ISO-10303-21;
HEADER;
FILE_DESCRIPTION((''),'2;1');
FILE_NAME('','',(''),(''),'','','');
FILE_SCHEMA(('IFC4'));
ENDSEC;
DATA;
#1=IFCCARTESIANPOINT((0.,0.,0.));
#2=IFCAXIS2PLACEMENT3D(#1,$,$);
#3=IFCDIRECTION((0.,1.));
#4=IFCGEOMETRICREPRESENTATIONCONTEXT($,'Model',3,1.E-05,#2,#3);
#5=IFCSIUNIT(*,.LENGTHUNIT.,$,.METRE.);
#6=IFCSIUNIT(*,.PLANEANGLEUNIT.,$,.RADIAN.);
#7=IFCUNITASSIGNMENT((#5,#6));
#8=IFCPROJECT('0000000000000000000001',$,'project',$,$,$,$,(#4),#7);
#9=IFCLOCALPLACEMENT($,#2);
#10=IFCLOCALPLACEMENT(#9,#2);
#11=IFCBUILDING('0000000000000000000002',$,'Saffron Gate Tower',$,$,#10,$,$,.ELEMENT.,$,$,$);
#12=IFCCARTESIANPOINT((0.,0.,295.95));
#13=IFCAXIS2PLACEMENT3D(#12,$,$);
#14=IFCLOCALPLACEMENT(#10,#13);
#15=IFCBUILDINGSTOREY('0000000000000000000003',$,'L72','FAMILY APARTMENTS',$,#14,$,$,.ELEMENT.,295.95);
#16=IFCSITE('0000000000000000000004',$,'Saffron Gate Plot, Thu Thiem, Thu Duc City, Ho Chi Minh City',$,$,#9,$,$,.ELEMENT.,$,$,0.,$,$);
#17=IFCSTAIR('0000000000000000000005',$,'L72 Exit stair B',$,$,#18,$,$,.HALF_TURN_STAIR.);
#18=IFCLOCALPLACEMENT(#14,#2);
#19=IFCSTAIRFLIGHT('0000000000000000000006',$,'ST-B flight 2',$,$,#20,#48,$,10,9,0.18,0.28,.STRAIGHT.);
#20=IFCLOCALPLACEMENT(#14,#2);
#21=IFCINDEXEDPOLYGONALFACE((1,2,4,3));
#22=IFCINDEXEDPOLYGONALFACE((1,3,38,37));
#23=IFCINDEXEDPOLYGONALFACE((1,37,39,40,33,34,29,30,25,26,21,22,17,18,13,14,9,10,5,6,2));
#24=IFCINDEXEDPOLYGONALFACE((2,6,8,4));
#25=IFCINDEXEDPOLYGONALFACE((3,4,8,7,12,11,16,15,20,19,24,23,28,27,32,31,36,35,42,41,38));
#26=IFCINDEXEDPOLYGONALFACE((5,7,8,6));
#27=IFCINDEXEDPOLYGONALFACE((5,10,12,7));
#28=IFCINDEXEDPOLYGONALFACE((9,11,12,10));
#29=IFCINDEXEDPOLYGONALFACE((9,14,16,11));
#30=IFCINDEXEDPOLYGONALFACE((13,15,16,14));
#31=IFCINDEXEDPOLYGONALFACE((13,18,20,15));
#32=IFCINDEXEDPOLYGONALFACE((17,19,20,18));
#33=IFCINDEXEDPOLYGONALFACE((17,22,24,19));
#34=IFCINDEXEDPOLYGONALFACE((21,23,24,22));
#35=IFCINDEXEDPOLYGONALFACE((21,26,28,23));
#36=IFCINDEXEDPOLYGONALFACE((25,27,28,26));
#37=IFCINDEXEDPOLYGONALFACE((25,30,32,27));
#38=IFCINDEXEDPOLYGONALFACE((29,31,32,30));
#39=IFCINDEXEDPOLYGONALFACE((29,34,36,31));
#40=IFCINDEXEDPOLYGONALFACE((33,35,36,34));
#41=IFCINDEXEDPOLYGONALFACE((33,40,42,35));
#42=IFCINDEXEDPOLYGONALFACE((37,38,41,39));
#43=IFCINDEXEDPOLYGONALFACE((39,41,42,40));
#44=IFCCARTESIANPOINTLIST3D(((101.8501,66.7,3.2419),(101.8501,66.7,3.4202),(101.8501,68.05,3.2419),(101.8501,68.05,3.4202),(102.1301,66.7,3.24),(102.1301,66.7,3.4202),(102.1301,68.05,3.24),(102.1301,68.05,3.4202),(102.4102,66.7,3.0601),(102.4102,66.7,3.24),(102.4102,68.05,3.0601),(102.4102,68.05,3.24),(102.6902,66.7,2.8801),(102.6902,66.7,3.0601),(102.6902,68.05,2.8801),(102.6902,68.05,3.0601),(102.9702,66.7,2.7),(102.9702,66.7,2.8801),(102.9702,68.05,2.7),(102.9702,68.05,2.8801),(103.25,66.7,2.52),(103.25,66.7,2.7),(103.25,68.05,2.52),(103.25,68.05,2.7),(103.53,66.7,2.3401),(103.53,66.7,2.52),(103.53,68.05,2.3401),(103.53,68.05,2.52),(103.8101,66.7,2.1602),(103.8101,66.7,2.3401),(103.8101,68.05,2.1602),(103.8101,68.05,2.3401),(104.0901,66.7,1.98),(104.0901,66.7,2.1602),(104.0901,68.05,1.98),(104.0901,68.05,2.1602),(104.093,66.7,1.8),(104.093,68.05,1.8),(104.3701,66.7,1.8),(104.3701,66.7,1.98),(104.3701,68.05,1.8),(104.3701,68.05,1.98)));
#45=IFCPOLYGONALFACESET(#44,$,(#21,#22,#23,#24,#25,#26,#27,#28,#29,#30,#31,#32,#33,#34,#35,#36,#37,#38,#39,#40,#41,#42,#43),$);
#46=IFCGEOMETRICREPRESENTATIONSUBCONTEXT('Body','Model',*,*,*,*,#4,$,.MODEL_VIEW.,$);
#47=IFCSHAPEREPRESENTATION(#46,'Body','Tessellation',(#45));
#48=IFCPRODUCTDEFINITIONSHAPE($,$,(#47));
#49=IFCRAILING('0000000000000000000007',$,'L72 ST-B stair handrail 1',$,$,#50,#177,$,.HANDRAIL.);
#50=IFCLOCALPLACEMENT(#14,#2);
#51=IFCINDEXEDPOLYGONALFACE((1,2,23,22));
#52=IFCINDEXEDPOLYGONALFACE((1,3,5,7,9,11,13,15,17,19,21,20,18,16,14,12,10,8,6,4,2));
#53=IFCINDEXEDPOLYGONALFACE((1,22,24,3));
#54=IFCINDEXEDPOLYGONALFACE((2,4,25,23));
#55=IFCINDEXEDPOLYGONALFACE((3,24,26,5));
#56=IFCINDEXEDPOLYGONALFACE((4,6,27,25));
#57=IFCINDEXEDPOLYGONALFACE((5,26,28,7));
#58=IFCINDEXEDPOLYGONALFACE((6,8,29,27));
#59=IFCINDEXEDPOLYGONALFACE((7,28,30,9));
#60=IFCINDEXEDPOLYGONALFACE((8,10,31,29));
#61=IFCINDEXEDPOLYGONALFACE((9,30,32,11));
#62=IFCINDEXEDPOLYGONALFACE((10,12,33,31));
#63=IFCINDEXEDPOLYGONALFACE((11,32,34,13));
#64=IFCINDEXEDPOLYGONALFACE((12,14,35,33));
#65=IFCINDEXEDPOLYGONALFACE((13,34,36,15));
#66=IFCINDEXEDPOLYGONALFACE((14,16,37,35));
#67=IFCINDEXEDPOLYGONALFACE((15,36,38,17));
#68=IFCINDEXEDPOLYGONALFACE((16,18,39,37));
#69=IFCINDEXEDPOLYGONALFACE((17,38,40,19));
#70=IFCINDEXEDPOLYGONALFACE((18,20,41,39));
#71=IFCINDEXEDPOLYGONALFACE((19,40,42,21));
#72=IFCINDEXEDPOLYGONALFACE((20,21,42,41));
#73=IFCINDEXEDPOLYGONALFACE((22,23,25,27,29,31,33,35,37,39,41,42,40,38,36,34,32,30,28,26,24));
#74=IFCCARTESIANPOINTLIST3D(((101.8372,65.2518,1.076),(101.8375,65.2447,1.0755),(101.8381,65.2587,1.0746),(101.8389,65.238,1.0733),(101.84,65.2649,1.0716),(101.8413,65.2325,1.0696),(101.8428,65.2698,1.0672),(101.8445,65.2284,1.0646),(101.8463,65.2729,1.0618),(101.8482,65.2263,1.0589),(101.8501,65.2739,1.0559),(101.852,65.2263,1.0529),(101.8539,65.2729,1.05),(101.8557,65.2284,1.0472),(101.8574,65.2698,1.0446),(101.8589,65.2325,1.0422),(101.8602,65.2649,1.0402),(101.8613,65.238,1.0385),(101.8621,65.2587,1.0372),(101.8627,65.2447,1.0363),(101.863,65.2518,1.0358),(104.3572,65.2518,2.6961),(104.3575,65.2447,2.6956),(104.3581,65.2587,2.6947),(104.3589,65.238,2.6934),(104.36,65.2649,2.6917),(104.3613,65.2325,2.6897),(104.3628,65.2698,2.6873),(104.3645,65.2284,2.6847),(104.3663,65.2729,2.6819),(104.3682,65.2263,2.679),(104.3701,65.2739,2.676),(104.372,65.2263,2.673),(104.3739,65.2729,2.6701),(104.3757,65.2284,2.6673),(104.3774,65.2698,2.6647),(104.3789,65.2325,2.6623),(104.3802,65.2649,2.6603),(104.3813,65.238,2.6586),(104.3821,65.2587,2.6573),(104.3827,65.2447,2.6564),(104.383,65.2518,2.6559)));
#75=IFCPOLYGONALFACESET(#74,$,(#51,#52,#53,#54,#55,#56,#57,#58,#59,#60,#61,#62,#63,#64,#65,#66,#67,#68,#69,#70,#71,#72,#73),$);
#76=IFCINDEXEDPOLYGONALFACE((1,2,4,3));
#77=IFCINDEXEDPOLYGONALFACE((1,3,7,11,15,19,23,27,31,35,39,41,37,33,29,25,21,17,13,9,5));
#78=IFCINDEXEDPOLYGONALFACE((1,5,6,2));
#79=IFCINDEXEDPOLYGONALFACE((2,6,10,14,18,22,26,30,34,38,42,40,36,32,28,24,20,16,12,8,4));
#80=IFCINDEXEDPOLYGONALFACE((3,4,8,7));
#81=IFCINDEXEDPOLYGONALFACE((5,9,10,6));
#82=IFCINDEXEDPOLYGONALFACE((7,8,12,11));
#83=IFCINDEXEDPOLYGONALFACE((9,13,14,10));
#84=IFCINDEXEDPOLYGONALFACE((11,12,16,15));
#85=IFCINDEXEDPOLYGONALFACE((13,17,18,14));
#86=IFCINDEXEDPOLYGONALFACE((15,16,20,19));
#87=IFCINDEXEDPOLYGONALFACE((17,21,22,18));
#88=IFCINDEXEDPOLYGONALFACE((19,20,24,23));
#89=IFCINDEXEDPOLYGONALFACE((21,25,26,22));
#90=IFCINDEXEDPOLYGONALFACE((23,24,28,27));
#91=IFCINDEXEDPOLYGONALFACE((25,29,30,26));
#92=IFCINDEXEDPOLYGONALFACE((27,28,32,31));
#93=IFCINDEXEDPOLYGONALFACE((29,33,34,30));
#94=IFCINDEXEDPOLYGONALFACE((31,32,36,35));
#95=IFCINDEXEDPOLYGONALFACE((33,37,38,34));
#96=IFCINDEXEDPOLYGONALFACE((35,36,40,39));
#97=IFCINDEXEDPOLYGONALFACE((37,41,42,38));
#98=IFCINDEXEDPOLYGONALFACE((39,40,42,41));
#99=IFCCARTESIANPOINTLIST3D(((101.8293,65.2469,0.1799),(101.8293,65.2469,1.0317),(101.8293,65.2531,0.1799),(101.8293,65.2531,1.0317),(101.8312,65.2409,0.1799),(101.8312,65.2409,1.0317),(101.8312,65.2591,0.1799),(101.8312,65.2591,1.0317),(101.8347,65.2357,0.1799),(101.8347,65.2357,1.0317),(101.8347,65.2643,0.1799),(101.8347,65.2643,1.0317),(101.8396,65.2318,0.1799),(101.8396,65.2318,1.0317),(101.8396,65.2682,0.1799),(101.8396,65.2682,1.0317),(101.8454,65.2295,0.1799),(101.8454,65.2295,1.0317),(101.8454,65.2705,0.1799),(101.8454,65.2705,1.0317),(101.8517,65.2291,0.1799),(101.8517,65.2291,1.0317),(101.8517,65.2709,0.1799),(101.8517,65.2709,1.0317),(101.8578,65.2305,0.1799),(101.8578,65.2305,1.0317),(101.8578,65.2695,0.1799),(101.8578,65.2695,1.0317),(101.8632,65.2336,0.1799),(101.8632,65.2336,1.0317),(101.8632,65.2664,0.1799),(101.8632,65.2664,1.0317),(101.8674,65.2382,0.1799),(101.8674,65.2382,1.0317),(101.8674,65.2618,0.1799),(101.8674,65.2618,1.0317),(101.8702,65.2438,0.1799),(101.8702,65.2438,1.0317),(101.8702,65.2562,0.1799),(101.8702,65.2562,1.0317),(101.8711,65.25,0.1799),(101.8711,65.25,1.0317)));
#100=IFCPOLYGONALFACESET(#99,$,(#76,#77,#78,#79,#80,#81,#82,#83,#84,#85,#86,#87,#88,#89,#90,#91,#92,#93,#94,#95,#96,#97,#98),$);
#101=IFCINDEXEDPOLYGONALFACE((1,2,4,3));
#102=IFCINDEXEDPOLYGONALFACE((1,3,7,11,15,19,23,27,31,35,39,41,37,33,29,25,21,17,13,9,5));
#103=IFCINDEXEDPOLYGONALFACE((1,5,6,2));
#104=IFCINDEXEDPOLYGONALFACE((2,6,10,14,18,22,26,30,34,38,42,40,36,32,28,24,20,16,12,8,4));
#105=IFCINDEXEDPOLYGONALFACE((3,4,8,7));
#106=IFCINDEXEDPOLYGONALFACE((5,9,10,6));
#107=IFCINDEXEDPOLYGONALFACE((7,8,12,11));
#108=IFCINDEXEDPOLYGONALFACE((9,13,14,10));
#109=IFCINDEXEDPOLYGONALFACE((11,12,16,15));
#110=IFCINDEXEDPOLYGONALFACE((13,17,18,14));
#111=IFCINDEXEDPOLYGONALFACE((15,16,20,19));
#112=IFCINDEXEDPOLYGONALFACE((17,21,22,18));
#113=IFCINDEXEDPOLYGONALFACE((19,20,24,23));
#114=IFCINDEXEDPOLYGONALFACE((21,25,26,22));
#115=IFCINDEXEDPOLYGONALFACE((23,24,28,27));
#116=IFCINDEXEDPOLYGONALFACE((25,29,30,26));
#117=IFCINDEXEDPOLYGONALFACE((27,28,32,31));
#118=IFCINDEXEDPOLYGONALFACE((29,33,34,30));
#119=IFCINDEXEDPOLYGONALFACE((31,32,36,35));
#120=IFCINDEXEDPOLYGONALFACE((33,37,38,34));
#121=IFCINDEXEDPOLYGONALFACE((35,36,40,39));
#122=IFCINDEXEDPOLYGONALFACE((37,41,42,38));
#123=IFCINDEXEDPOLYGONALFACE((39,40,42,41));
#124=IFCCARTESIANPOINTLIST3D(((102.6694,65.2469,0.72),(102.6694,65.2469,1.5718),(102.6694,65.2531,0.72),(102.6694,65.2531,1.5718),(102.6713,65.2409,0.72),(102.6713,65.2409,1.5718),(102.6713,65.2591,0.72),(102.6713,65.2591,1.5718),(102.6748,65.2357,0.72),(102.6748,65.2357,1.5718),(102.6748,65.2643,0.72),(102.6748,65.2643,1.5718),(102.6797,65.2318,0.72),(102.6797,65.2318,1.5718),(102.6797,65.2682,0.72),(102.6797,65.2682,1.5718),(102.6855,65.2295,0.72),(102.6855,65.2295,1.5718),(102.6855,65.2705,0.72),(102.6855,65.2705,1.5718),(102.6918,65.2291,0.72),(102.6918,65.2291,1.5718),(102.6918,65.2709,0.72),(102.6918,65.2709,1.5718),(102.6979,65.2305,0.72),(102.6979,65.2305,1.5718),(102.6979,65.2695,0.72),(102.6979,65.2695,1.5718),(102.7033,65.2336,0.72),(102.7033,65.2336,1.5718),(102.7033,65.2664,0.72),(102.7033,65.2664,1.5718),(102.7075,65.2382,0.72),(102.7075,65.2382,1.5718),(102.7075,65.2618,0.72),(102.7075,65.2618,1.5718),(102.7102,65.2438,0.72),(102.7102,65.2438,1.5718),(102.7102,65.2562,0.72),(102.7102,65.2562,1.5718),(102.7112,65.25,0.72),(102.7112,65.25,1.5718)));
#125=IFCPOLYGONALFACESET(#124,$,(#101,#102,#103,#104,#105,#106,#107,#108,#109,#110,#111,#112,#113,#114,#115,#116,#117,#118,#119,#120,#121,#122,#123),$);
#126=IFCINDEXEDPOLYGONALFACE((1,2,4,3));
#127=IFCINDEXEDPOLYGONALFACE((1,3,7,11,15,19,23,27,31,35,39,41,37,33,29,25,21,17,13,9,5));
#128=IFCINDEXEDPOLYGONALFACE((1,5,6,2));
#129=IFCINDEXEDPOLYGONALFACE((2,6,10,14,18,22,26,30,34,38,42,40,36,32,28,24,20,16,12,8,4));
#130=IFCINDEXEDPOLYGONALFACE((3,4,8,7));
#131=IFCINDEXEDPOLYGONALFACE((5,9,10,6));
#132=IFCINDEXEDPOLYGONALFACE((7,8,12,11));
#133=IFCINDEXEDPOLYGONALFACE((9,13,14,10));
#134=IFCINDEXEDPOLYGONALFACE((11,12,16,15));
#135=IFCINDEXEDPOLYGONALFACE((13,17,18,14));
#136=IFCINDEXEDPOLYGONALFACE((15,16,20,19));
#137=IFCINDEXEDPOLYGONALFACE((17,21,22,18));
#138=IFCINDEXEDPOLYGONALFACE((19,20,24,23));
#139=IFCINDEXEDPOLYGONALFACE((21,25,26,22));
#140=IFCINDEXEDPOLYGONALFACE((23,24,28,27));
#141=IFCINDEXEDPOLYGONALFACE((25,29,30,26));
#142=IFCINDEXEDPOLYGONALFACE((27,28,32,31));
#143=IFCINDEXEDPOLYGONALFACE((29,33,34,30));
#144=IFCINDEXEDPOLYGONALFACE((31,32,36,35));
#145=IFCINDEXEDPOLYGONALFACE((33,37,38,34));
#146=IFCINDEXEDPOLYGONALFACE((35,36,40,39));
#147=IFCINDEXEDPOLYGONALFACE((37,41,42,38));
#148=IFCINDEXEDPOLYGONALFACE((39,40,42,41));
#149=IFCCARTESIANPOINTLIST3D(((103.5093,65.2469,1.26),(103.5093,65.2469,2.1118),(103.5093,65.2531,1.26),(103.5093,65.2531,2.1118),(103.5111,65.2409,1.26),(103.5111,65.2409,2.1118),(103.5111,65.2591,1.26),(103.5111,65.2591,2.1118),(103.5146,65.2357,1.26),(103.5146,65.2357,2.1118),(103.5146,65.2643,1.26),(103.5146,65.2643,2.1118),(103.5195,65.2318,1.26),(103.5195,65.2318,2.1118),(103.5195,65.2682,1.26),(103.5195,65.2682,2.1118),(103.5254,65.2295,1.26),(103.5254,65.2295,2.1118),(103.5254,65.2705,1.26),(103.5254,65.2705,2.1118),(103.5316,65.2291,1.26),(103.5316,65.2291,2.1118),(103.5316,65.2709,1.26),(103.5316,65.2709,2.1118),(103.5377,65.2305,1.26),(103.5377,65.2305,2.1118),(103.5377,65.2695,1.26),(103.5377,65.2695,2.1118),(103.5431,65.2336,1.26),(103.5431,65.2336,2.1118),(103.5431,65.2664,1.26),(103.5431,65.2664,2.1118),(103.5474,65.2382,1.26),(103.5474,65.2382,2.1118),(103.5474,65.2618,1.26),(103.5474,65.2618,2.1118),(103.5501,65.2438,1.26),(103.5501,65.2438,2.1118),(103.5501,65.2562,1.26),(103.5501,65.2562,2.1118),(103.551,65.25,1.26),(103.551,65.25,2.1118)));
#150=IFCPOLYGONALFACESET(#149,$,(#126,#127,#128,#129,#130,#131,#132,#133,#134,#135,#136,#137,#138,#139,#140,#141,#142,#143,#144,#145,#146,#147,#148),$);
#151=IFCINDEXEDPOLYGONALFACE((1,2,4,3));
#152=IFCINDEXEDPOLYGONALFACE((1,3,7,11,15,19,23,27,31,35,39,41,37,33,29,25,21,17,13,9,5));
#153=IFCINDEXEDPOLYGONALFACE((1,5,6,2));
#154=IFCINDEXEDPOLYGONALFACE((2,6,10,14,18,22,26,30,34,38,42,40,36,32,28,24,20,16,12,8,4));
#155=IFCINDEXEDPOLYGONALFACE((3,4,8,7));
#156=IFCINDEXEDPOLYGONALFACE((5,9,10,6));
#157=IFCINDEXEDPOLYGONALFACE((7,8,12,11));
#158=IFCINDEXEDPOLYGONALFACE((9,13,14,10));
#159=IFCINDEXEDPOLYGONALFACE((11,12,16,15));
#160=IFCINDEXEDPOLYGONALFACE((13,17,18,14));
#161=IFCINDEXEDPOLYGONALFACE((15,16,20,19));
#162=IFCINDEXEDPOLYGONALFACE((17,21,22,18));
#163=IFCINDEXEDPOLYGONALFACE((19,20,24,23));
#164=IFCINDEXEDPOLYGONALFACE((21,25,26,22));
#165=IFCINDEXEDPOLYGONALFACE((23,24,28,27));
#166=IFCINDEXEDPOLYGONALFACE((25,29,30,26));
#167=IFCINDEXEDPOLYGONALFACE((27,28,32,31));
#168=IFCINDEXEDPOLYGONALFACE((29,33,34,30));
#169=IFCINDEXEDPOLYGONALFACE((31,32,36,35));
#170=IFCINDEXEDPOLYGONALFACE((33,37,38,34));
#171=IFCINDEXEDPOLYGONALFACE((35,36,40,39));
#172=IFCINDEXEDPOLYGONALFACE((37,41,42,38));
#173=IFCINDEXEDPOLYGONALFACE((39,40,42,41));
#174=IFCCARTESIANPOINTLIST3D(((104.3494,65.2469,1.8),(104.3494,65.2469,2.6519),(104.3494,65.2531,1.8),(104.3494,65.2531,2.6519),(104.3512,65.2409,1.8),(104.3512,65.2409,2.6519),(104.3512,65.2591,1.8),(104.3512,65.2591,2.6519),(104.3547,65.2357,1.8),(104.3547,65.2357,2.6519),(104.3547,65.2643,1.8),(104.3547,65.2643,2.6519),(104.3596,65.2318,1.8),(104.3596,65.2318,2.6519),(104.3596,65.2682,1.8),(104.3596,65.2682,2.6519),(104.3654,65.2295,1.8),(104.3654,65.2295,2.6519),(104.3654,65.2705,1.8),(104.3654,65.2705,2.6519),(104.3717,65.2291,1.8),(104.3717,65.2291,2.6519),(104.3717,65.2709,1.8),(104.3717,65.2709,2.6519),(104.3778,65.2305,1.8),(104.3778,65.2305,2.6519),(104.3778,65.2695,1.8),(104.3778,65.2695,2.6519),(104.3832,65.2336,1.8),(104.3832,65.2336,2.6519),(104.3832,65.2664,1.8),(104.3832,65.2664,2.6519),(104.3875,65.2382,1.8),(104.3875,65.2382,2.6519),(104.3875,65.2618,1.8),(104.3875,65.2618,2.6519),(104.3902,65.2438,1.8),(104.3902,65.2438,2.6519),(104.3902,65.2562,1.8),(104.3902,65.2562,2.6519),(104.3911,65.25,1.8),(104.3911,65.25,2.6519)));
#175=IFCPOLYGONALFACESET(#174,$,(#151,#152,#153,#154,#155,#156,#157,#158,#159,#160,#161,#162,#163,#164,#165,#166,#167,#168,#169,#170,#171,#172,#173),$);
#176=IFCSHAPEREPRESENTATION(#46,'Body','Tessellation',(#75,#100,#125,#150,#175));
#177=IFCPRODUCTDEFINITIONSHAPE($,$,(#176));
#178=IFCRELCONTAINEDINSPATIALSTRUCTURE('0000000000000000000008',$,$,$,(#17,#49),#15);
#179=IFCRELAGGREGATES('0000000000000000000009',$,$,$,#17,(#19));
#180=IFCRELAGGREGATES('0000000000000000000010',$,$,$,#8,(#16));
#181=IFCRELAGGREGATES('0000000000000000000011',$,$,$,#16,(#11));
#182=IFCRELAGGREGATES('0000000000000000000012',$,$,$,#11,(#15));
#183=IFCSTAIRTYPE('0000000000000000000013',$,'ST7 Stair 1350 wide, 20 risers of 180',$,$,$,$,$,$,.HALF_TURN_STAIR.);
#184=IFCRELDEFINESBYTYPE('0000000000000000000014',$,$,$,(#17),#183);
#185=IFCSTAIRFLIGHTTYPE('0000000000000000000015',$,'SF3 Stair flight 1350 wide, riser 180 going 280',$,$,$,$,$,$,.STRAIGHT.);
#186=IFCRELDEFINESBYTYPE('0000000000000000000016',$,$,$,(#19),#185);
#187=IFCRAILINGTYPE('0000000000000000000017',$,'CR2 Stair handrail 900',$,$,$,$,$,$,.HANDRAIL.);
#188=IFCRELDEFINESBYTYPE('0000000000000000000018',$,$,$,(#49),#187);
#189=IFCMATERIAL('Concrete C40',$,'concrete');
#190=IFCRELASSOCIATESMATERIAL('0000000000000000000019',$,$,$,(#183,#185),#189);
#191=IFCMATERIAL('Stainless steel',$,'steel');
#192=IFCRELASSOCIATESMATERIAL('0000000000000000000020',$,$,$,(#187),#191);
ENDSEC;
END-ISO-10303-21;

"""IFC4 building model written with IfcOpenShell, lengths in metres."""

from ifc_helpers import new_model, si_unit, direction, frame, origin, origin_2d, place, context, subcontext, project, spatial, polyline, circle, outline, extrude, material, type_object, element, aggregate, save


model = new_model("IFC4")

# Units and contexts
model_context = context("Model", 3, precision=1e-05, world=origin(), true_north=direction((0.0, 1.0)))
body_context = subcontext(model_context, "Body", "Model", "MODEL_VIEW")
ifc_project = project(units=[si_unit("LENGTHUNIT", "METRE"), si_unit("PLANEANGLEUNIT", "RADIAN")], contexts=[model_context])

# Site, building, storey
site_placement = place(None, origin())
site = spatial("IfcSite", under=ifc_project, at=site_placement, Name="Saffron Gate Plot, Thu Thiem, Thu Duc City, Ho Chi Minh City", CompositionType="ELEMENT", RefElevation=0.0)
building_placement = place(site_placement, origin())
building = spatial("IfcBuilding", under=site, at=building_placement, Name="Saffron Gate Tower", CompositionType="ELEMENT")
storey_placement = place(building_placement, frame((0.0, 0.0, 295.95)))
storey = spatial("IfcBuildingStorey", under=building, at=storey_placement, Name="L72", Description="FAMILY APARTMENTS", CompositionType="ELEMENT", Elevation=295.95)

# Stair, stair flight
ifc_material_1 = material(Name="Concrete C40", Category="concrete")
stair_type = type_object("IfcStairType", Name="ST7 Stair 1350 wide, 20 risers of 180", PredefinedType="HALF_TURN_STAIR", material=ifc_material_1)
stair_placement = place(storey_placement, origin())
stair = element("IfcStair", 1, at=stair_placement, inside=storey, type_object=stair_type, Name="L72 Exit stair B", PredefinedType="HALF_TURN_STAIR")
stair_flight_type = type_object("IfcStairFlightType", Name="SF3 Stair flight 1350 wide, riser 180 going 280", PredefinedType="STRAIGHT", material=ifc_material_1)
stair_flight_1_placement = place(storey_placement, frame((104.3701, 67.375, 1.8), z_axis=(0.0, 0.0, 1.0), x_axis=(-1.0, 0.0, 0.0)))
stair_flight_1 = element("IfcStairFlight", 2, at=stair_flight_1_placement, type_object=stair_flight_type, Name="ST-B flight 2", NumberOfRisers=10, NumberOfTreads=9, PredefinedType="STRAIGHT", RiserHeight=0.18, TreadLength=0.28, context=body_context, shape_type="SweptSolid", body=[
    extrude(outline(polyline([(0.0, 0.0), (0.0, 0.1799), (0.28, 0.1799), (0.28, 0.3601), (0.5601, 0.3601), (0.5601, 0.54), (0.8401, 0.54), (0.8401, 0.72), (1.1201, 0.72), (1.1201, 0.8999), (1.3999, 0.8999), (1.3999, 1.0801), (1.6799, 1.0801), (1.6799, 1.26), (1.96, 1.26), (1.96, 1.4399), (2.24, 1.4399), (2.24, 1.6201), (2.52, 1.6201), (2.52, 1.8), (2.52, 1.4419), (0.2771, 0.0), (0.0, 0.0)])), frame((0.0, 0.675, 0.0), z_axis=(0.0, -1.0, 0.0), x_axis=(1.0, 0.0, 0.0)), (0.0, 0.0, 1.0), 1.3501),
])
aggregate(stair, [stair_flight_1])

# Railing
ifc_material_2 = material(Name="Stainless steel", Category="steel")
railing_type_1 = type_object("IfcRailingType", Name="CR2 Stair handrail 900", PredefinedType="HANDRAIL", material=ifc_material_2)
railing_1_placement = place(storey_placement, frame((101.8501, 65.25, 0.1799)))
element("IfcRailing", 3, at=railing_1_placement, inside=storey, type_object=railing_type_1, Name="L72 ST-B stair handrail 1", PredefinedType="HANDRAIL", context=body_context, shape_type="SweptSolid", body=[
    extrude(circle(Radius=0.0239, at=origin_2d()), frame((0.0, 0.0, 0.876), z_axis=(0.841163, 0.0, 0.540782), x_axis=(0.0, 1.0, 0.0)), (0.0, 0.0, 1.0), 2.9958),
    extrude(circle(Radius=0.021, at=origin_2d()), origin(), (0.0, 0.0, 1.0), 0.8518),
    extrude(circle(Radius=0.021, at=origin_2d()), frame((0.8401, 0.0, 0.54)), (0.0, 0.0, 1.0), 0.8518),
    extrude(circle(Radius=0.021, at=origin_2d()), frame((1.6799, 0.0, 1.0801)), (0.0, 0.0, 1.0), 0.8518),
    extrude(circle(Radius=0.021, at=origin_2d()), frame((2.52, 0.0, 1.6201)), (0.0, 0.0, 1.0), 0.8518),
])

save(model, "model.ifc")
